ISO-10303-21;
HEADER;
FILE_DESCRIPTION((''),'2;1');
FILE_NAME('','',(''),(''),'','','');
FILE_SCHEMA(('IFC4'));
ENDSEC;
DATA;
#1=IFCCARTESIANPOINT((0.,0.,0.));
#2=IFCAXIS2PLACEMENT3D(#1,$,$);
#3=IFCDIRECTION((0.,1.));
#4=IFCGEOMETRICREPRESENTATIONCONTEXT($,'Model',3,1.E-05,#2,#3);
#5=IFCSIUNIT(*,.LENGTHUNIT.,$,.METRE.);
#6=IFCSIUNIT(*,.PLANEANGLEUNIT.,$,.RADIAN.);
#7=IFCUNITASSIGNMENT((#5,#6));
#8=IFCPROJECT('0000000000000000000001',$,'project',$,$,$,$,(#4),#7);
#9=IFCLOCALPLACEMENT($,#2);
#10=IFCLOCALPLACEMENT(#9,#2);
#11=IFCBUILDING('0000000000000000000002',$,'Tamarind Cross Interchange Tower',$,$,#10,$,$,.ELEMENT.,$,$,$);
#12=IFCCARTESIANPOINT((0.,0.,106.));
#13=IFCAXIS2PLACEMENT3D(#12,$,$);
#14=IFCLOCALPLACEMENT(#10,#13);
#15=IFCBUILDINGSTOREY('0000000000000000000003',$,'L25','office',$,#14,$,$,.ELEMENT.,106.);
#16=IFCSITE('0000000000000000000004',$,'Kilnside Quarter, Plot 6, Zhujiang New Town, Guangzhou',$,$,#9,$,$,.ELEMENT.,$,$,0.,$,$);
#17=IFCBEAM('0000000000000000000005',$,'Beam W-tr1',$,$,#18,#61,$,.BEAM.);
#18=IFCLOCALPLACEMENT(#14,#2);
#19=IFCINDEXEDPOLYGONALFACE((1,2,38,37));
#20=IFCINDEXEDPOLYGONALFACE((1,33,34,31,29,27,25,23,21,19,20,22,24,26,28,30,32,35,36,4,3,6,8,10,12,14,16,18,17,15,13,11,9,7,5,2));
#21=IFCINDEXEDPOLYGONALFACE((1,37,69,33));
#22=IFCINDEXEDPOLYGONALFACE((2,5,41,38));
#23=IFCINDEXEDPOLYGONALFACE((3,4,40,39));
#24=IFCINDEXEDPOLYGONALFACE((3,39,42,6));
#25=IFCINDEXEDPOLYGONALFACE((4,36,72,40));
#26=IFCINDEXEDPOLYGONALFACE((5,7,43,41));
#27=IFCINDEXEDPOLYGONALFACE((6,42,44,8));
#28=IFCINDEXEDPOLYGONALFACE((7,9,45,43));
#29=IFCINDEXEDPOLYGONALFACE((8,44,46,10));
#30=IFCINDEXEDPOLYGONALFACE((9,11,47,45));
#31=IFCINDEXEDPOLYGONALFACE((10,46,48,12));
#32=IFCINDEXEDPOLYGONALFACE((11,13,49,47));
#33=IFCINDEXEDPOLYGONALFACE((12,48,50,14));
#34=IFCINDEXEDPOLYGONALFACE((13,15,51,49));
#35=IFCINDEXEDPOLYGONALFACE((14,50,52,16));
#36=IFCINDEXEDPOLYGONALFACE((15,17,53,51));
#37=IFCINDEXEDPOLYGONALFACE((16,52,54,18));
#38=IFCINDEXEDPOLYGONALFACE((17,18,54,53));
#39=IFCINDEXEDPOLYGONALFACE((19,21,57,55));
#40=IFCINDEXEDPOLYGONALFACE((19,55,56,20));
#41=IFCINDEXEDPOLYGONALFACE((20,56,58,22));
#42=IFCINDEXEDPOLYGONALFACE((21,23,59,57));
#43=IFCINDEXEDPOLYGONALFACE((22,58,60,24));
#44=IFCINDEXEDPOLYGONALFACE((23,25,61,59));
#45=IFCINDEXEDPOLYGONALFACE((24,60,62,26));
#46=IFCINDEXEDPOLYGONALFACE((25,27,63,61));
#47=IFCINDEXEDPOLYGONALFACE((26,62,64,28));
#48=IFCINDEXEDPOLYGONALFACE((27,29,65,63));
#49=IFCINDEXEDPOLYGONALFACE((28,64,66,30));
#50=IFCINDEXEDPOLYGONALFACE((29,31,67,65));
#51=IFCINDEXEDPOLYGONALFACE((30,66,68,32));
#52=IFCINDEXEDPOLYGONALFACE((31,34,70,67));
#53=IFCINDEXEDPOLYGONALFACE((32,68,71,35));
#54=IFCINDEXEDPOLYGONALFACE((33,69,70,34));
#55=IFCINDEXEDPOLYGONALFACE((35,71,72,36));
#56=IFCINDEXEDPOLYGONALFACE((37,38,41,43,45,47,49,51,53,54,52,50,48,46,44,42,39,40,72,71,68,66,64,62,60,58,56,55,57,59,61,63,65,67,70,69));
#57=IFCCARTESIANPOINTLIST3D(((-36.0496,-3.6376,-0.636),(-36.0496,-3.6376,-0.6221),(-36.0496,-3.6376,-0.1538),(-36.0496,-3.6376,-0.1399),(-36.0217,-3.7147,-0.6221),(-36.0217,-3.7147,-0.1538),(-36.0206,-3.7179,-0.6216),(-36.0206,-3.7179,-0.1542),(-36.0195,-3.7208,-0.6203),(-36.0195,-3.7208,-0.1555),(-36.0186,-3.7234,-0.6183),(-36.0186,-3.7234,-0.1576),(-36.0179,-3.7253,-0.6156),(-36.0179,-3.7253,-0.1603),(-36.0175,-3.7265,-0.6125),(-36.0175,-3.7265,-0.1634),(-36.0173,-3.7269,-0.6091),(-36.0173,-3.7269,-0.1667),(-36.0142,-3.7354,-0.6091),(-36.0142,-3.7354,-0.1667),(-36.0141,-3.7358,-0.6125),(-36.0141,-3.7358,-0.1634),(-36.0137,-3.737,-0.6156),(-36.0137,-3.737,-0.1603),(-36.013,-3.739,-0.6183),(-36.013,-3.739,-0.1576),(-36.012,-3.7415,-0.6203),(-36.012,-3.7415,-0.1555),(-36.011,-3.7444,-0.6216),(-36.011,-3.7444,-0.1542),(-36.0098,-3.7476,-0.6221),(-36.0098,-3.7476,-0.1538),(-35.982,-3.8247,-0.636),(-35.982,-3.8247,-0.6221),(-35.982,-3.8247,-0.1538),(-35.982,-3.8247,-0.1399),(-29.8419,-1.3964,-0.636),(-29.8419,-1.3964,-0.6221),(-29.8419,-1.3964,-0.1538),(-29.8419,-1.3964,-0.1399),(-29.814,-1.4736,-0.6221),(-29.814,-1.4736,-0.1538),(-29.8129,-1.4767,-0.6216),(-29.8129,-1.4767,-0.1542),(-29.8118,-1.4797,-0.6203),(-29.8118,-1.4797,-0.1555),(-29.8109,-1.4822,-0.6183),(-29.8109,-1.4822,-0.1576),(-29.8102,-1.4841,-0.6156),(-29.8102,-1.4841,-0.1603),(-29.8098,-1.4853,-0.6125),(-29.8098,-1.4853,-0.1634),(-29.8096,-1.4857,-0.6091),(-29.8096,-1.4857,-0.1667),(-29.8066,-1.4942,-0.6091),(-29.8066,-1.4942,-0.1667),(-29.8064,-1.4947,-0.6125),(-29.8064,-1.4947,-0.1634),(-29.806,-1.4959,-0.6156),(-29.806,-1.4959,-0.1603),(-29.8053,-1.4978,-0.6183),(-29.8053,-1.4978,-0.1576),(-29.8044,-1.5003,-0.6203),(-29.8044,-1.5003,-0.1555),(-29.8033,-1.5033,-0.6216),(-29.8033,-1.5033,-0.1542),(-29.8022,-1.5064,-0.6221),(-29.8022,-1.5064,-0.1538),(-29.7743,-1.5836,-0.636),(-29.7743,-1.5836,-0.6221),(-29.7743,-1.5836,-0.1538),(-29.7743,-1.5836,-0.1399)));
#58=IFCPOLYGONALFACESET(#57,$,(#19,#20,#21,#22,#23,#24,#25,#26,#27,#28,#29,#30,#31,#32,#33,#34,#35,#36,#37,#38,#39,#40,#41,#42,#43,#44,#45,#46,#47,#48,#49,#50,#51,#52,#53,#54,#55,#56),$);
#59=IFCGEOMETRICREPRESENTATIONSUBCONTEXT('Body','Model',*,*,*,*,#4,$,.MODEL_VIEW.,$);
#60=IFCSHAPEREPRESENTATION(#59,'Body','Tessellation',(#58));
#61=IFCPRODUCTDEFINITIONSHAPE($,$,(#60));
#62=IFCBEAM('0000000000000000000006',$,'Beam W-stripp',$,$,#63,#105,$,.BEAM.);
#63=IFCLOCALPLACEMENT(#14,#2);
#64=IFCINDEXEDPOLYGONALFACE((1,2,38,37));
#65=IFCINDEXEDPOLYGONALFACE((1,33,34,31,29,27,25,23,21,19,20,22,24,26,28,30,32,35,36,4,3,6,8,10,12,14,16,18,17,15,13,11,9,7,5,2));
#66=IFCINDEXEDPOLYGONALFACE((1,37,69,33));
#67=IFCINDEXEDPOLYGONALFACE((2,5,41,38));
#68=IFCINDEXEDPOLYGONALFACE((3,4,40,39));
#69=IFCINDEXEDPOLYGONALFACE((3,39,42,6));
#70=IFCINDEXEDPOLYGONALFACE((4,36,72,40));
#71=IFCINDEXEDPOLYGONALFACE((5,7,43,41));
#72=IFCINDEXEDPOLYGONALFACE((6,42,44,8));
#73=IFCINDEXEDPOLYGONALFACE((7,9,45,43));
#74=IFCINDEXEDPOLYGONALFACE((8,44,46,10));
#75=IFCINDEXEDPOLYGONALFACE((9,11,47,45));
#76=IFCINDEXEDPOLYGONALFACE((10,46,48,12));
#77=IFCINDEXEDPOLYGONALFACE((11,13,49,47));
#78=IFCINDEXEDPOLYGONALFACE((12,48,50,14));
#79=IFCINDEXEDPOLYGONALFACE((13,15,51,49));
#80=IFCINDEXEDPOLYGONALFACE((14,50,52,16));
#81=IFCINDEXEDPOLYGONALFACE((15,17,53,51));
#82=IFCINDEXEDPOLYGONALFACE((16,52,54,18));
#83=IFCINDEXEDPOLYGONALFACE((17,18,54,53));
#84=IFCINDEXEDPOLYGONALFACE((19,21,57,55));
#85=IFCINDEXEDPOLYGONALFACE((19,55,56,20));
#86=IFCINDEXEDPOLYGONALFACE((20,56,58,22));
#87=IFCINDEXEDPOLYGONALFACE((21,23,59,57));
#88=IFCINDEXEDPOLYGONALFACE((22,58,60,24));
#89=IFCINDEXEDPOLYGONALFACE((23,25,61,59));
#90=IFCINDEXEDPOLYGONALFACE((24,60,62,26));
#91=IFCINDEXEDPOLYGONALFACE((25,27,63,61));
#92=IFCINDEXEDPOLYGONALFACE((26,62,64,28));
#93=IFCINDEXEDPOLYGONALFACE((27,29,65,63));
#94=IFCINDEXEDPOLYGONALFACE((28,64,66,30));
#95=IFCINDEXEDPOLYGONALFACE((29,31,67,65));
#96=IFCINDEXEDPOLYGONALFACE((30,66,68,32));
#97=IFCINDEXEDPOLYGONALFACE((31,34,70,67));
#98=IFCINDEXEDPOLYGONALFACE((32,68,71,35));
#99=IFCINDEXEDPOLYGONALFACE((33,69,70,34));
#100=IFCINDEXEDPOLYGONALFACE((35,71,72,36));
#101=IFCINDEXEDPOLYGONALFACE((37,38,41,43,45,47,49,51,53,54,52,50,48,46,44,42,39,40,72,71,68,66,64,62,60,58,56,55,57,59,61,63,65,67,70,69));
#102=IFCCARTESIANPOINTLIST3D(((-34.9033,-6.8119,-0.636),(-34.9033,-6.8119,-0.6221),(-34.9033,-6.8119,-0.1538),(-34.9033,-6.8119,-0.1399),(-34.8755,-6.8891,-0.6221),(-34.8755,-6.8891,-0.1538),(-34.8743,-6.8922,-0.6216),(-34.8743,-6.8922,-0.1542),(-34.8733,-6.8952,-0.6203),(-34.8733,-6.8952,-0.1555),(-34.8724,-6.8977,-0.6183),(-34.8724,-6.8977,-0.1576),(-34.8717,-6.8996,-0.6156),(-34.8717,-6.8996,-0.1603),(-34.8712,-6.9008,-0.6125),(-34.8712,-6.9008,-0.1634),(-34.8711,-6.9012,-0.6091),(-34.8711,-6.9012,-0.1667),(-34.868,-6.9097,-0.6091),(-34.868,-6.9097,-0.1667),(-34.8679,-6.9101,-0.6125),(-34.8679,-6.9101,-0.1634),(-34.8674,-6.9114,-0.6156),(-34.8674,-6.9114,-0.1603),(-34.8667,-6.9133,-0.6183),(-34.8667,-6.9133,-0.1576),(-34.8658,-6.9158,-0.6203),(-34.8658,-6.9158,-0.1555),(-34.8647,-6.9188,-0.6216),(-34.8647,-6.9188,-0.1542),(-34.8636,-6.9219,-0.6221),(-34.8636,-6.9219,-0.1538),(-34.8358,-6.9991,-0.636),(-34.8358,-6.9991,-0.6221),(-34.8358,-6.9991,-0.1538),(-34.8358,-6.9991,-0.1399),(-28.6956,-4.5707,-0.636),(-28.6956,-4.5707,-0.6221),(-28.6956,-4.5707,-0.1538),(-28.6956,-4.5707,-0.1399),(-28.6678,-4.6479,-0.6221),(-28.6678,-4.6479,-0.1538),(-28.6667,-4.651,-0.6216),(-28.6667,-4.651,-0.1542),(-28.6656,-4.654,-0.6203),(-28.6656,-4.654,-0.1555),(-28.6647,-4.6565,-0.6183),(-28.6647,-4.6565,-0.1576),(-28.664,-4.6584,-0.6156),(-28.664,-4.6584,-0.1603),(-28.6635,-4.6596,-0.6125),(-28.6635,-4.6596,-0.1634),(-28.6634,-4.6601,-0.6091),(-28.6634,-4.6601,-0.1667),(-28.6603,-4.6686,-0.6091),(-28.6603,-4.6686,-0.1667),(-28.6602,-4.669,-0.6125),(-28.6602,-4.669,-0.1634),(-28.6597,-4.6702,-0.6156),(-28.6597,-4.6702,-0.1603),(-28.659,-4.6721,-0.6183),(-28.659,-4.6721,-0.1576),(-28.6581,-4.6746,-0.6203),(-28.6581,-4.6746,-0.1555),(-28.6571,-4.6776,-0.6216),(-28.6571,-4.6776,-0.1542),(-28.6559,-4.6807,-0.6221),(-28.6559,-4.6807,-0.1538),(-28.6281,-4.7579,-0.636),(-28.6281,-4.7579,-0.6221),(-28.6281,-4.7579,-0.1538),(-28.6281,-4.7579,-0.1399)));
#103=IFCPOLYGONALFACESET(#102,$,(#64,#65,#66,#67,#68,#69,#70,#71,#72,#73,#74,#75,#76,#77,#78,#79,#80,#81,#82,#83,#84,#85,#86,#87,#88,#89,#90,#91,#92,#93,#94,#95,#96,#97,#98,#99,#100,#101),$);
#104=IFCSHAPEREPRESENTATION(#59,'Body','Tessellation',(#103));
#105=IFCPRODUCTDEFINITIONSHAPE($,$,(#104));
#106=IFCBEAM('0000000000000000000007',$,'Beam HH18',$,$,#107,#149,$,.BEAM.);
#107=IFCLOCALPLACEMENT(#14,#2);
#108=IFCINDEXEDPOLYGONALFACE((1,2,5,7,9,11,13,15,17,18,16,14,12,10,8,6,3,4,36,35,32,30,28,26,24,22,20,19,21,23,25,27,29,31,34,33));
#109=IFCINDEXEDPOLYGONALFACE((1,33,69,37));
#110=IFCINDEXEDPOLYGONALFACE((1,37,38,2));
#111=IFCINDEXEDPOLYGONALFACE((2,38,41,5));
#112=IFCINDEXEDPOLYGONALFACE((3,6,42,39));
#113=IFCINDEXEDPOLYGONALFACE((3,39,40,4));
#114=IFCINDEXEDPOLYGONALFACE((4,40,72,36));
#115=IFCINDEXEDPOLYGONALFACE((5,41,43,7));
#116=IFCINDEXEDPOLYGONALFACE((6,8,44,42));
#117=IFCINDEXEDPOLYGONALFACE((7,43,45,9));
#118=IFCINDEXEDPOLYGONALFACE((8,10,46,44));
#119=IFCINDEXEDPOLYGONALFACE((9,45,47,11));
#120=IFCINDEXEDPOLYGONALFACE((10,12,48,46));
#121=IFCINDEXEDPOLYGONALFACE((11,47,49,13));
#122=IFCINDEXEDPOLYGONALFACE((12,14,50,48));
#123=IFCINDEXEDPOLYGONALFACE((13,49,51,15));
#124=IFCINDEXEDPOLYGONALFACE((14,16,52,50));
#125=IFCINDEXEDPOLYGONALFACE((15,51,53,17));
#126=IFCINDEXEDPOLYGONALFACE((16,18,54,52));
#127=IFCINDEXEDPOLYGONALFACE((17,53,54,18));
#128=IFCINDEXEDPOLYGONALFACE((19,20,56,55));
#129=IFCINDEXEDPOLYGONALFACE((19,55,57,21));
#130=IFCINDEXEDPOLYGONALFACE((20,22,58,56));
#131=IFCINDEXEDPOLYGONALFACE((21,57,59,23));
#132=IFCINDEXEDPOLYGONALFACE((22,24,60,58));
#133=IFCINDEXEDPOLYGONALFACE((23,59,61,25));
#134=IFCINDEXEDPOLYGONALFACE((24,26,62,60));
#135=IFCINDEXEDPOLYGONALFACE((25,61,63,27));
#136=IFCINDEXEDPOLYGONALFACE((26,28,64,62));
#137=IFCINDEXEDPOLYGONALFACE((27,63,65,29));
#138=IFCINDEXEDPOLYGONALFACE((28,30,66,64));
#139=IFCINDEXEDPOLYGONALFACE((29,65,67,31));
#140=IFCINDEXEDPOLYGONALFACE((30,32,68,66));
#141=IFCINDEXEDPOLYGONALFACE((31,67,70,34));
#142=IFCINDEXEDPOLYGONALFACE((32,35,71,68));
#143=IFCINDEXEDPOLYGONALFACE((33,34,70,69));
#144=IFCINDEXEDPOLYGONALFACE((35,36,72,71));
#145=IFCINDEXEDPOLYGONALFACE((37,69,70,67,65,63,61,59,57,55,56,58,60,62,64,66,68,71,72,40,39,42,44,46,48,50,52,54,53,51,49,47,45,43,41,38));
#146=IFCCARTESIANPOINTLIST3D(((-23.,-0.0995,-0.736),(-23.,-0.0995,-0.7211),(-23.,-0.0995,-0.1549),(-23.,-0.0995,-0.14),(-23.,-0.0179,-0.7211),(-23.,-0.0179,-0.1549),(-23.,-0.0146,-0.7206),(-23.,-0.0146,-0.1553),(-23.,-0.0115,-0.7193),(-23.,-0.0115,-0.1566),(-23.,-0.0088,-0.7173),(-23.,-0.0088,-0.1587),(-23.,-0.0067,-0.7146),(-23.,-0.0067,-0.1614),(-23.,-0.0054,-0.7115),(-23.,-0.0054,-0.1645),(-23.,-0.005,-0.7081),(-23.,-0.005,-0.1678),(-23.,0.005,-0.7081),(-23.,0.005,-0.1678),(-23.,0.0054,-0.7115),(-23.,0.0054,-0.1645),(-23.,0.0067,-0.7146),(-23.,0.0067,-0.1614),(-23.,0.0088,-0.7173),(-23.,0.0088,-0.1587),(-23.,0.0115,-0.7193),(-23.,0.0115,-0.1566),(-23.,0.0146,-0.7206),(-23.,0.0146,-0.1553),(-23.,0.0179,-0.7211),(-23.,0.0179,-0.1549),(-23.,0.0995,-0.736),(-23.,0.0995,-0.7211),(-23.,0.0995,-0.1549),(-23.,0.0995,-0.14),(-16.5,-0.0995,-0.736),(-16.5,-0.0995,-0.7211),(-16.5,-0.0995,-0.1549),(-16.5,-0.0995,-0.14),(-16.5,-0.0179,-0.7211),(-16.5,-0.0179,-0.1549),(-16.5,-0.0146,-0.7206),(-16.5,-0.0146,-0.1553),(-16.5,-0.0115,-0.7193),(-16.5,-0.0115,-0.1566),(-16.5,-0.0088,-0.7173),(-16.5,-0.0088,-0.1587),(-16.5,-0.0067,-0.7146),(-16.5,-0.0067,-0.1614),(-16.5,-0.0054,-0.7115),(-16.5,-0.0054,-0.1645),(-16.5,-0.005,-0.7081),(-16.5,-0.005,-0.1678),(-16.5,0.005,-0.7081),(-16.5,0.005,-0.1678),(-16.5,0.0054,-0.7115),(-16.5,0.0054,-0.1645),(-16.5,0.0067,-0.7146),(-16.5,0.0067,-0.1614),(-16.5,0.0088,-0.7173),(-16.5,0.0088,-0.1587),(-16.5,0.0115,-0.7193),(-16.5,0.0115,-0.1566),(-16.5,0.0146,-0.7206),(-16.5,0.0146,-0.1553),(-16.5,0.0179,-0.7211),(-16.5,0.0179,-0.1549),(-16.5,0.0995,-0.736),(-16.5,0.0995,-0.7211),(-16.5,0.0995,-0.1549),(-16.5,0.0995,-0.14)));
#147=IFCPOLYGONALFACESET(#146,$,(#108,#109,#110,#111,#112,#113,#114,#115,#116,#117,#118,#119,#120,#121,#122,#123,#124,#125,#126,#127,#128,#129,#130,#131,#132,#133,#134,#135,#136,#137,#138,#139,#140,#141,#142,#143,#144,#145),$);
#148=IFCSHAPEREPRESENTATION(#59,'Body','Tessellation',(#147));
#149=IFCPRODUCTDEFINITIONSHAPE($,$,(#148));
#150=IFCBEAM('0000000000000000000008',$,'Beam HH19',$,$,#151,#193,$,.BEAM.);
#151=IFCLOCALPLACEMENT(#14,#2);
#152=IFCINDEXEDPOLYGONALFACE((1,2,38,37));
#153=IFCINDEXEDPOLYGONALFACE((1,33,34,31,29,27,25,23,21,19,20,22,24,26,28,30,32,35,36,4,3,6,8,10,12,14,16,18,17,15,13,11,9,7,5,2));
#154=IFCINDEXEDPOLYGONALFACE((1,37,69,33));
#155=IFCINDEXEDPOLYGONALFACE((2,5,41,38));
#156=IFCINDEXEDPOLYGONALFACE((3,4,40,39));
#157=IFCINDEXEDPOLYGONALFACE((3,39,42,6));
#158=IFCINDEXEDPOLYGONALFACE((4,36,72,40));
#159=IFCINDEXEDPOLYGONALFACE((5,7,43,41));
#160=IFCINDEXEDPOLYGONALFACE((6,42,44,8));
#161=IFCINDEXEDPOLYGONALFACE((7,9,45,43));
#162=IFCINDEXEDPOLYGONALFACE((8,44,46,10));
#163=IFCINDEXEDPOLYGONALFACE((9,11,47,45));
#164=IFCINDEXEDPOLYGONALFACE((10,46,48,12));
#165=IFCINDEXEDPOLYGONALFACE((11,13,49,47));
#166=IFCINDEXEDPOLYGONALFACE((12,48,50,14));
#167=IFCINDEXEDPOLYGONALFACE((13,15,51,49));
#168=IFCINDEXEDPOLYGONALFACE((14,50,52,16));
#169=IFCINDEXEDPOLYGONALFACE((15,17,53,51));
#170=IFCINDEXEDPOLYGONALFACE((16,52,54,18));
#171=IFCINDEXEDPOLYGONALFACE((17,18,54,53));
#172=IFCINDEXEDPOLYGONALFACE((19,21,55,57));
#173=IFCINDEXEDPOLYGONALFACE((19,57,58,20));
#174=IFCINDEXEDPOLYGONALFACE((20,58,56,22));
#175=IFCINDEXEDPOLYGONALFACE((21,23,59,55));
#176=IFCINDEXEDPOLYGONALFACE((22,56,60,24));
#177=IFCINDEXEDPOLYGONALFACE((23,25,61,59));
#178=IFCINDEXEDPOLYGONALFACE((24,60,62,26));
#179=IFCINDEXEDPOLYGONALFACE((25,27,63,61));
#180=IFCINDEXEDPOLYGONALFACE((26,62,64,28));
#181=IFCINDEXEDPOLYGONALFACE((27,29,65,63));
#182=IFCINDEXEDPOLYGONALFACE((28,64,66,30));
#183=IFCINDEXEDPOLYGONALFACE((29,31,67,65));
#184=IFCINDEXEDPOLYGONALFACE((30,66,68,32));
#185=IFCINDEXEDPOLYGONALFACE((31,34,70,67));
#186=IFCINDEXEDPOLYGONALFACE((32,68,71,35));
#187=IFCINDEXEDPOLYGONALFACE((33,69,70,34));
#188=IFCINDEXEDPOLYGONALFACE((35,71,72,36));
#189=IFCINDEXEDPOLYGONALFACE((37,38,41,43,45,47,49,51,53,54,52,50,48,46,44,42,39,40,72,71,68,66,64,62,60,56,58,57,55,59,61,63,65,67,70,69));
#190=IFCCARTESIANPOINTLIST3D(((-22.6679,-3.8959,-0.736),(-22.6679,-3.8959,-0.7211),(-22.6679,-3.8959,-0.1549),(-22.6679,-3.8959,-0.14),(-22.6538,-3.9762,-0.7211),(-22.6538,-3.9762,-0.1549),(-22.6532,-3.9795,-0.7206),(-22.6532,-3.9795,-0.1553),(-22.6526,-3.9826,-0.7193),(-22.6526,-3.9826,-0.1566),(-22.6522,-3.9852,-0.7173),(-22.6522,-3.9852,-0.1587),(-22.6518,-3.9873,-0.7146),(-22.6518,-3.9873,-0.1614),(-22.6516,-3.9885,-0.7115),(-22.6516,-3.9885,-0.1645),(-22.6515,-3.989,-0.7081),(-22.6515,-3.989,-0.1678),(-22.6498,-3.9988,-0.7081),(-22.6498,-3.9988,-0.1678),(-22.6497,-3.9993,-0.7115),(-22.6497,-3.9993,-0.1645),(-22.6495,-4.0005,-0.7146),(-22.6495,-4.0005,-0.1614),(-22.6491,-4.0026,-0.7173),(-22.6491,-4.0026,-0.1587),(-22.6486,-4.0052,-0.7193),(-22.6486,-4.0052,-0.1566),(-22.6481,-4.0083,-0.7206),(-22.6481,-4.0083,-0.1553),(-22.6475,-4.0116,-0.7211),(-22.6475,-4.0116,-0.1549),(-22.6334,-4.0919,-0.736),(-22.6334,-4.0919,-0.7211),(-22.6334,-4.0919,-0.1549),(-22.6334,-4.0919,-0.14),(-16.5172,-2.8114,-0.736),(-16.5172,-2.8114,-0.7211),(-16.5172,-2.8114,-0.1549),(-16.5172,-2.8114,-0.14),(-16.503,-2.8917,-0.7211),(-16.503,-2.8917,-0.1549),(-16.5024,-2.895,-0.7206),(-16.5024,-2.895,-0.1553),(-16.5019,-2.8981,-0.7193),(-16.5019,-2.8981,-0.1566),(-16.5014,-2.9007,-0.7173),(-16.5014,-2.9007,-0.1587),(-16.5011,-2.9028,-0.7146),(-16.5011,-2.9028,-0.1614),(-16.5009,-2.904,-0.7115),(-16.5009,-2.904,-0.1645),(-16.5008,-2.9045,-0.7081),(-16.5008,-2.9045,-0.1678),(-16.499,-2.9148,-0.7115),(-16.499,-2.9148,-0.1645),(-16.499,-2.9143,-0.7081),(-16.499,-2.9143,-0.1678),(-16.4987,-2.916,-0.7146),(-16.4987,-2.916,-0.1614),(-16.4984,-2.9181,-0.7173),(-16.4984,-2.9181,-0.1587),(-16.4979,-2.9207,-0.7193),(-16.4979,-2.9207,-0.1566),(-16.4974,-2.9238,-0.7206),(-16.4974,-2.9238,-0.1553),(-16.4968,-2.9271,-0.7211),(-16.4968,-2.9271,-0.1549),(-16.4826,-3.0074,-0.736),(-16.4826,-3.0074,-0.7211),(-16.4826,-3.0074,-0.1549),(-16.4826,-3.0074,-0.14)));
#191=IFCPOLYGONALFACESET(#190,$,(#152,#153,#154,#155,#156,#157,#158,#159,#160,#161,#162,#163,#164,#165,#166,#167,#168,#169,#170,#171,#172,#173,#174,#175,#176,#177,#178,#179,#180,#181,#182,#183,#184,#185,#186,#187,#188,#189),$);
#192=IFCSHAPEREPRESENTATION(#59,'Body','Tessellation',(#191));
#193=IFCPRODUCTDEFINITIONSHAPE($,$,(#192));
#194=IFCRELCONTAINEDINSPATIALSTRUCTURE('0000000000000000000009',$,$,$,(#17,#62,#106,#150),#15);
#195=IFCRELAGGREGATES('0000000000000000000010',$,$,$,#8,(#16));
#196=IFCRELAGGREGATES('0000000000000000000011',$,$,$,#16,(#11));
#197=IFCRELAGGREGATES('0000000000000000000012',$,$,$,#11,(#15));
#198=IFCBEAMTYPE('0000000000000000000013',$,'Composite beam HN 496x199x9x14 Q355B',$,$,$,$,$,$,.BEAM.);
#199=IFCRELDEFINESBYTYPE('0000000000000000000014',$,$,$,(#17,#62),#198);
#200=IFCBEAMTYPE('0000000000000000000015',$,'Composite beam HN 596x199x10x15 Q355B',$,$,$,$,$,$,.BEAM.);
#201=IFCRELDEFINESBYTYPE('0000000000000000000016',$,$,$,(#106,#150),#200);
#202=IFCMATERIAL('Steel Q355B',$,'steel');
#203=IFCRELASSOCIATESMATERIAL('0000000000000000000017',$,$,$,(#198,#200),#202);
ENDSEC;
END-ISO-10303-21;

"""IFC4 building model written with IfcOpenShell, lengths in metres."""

from ifc_helpers import new_model, si_unit, direction, frame, origin, origin_2d, place, context, subcontext, project, spatial, i_section, extrude, material, material_profile, profile_set, type_object, element, save


model = new_model("IFC4")

# Units and contexts
model_context = context("Model", 3, precision=1e-05, world=origin(), true_north=direction((0.0, 1.0)))
body_context = subcontext(model_context, "Body", "Model", "MODEL_VIEW")
ifc_project = project(units=[si_unit("LENGTHUNIT", "METRE"), si_unit("PLANEANGLEUNIT", "RADIAN")], contexts=[model_context])

# Site, building, storey
site_placement = place(None, origin())
site = spatial("IfcSite", under=ifc_project, at=site_placement, Name="Kilnside Quarter, Plot 6, Zhujiang New Town, Guangzhou", CompositionType="ELEMENT", RefElevation=0.0)
building_placement = place(site_placement, origin())
building = spatial("IfcBuilding", under=site, at=building_placement, Name="Tamarind Cross Interchange Tower", CompositionType="ELEMENT")
storey_placement = place(building_placement, frame((0.0, 0.0, 106.0)))
storey = spatial("IfcBuildingStorey", under=building, at=storey_placement, Name="L25", Description="office", CompositionType="ELEMENT", Elevation=106.0)

# Beams
ifc_material_1 = material(Name="Steel Q355B", Category="steel")
ifc_material_profile_1 = material_profile(ifc_material_1, i_section(OverallWidth=0.199, OverallDepth=0.4961, WebThickness=0.009, FlangeThickness=0.0139, FilletRadius=0.0129, at=origin_2d()), Name="HN 496x199x9x14")
ifc_profile_set_1 = profile_set([ifc_material_profile_1], Name="Steel Q355B")
beam_type_1 = type_object("IfcBeamType", Name="Composite beam HN 496x199x9x14 Q355B", PredefinedType="BEAM", material=ifc_profile_set_1)
for number, where, z_axis, x_axis, name in (
    (1, (-29.8081, -1.49, -0.3879), (-0.940577, -0.33958, 0.0), (0.33958, -0.940577, 0.0), "Beam W-tr1"),
    (2, (-28.6619, -4.6643, -0.3879), (-0.940577, -0.33958, 0.0), (0.33958, -0.940577, 0.0), "Beam W-stripp"),
):
    element("IfcBeam", number, at=place(storey_placement, frame(where, z_axis=z_axis, x_axis=x_axis)), inside=storey, type_object=beam_type_1, Name=name, PredefinedType="BEAM", context=body_context, shape_type="SweptSolid", body=[
        extrude(i_section(OverallWidth=0.199, OverallDepth=0.4961, WebThickness=0.009, FlangeThickness=0.0139, FilletRadius=0.0129, at=origin_2d()), origin(), (0.0, 0.0, 1.0), 6.5999),
    ])
ifc_material_profile_2 = material_profile(ifc_material_1, i_section(OverallWidth=0.199, OverallDepth=0.5959, WebThickness=0.01, FlangeThickness=0.0149, FilletRadius=0.0129, at=origin_2d()), Name="HN 596x199x10x15")
ifc_profile_set_2 = profile_set([ifc_material_profile_2], Name="Steel Q355B")
beam_type_2 = type_object("IfcBeamType", Name="Composite beam HN 596x199x10x15 Q355B", PredefinedType="BEAM", material=ifc_profile_set_2)
beam_1_placement = place(storey_placement, frame((-23.0, 0.0, -0.438), z_axis=(1.0, 0.0, 0.0), x_axis=(0.0, 1.0, 0.0)))
element("IfcBeam", 3, at=beam_1_placement, inside=storey, type_object=beam_type_2, Name="Beam HH18", PredefinedType="BEAM", context=body_context, shape_type="SweptSolid", body=[
    extrude(i_section(OverallWidth=0.199, OverallDepth=0.5959, WebThickness=0.01, FlangeThickness=0.0149, FilletRadius=0.0129, at=origin_2d()), origin(), (0.0, 0.0, 1.0), 6.5),
])
beam_2_placement = place(storey_placement, frame((-22.6506, -3.9939, -0.438), z_axis=(0.984809, 0.17364, 0.0), x_axis=(-0.17364, 0.984809, 0.0)))
element("IfcBeam", 4, at=beam_2_placement, inside=storey, type_object=beam_type_2, Name="Beam HH19", PredefinedType="BEAM", context=body_context, shape_type="SweptSolid", body=[
    extrude(i_section(OverallWidth=0.199, OverallDepth=0.5959, WebThickness=0.01, FlangeThickness=0.0149, FilletRadius=0.0129, at=origin_2d()), origin(), (0.0, 0.0, 1.0), 6.2456),
])

save(model, "model.ifc")
